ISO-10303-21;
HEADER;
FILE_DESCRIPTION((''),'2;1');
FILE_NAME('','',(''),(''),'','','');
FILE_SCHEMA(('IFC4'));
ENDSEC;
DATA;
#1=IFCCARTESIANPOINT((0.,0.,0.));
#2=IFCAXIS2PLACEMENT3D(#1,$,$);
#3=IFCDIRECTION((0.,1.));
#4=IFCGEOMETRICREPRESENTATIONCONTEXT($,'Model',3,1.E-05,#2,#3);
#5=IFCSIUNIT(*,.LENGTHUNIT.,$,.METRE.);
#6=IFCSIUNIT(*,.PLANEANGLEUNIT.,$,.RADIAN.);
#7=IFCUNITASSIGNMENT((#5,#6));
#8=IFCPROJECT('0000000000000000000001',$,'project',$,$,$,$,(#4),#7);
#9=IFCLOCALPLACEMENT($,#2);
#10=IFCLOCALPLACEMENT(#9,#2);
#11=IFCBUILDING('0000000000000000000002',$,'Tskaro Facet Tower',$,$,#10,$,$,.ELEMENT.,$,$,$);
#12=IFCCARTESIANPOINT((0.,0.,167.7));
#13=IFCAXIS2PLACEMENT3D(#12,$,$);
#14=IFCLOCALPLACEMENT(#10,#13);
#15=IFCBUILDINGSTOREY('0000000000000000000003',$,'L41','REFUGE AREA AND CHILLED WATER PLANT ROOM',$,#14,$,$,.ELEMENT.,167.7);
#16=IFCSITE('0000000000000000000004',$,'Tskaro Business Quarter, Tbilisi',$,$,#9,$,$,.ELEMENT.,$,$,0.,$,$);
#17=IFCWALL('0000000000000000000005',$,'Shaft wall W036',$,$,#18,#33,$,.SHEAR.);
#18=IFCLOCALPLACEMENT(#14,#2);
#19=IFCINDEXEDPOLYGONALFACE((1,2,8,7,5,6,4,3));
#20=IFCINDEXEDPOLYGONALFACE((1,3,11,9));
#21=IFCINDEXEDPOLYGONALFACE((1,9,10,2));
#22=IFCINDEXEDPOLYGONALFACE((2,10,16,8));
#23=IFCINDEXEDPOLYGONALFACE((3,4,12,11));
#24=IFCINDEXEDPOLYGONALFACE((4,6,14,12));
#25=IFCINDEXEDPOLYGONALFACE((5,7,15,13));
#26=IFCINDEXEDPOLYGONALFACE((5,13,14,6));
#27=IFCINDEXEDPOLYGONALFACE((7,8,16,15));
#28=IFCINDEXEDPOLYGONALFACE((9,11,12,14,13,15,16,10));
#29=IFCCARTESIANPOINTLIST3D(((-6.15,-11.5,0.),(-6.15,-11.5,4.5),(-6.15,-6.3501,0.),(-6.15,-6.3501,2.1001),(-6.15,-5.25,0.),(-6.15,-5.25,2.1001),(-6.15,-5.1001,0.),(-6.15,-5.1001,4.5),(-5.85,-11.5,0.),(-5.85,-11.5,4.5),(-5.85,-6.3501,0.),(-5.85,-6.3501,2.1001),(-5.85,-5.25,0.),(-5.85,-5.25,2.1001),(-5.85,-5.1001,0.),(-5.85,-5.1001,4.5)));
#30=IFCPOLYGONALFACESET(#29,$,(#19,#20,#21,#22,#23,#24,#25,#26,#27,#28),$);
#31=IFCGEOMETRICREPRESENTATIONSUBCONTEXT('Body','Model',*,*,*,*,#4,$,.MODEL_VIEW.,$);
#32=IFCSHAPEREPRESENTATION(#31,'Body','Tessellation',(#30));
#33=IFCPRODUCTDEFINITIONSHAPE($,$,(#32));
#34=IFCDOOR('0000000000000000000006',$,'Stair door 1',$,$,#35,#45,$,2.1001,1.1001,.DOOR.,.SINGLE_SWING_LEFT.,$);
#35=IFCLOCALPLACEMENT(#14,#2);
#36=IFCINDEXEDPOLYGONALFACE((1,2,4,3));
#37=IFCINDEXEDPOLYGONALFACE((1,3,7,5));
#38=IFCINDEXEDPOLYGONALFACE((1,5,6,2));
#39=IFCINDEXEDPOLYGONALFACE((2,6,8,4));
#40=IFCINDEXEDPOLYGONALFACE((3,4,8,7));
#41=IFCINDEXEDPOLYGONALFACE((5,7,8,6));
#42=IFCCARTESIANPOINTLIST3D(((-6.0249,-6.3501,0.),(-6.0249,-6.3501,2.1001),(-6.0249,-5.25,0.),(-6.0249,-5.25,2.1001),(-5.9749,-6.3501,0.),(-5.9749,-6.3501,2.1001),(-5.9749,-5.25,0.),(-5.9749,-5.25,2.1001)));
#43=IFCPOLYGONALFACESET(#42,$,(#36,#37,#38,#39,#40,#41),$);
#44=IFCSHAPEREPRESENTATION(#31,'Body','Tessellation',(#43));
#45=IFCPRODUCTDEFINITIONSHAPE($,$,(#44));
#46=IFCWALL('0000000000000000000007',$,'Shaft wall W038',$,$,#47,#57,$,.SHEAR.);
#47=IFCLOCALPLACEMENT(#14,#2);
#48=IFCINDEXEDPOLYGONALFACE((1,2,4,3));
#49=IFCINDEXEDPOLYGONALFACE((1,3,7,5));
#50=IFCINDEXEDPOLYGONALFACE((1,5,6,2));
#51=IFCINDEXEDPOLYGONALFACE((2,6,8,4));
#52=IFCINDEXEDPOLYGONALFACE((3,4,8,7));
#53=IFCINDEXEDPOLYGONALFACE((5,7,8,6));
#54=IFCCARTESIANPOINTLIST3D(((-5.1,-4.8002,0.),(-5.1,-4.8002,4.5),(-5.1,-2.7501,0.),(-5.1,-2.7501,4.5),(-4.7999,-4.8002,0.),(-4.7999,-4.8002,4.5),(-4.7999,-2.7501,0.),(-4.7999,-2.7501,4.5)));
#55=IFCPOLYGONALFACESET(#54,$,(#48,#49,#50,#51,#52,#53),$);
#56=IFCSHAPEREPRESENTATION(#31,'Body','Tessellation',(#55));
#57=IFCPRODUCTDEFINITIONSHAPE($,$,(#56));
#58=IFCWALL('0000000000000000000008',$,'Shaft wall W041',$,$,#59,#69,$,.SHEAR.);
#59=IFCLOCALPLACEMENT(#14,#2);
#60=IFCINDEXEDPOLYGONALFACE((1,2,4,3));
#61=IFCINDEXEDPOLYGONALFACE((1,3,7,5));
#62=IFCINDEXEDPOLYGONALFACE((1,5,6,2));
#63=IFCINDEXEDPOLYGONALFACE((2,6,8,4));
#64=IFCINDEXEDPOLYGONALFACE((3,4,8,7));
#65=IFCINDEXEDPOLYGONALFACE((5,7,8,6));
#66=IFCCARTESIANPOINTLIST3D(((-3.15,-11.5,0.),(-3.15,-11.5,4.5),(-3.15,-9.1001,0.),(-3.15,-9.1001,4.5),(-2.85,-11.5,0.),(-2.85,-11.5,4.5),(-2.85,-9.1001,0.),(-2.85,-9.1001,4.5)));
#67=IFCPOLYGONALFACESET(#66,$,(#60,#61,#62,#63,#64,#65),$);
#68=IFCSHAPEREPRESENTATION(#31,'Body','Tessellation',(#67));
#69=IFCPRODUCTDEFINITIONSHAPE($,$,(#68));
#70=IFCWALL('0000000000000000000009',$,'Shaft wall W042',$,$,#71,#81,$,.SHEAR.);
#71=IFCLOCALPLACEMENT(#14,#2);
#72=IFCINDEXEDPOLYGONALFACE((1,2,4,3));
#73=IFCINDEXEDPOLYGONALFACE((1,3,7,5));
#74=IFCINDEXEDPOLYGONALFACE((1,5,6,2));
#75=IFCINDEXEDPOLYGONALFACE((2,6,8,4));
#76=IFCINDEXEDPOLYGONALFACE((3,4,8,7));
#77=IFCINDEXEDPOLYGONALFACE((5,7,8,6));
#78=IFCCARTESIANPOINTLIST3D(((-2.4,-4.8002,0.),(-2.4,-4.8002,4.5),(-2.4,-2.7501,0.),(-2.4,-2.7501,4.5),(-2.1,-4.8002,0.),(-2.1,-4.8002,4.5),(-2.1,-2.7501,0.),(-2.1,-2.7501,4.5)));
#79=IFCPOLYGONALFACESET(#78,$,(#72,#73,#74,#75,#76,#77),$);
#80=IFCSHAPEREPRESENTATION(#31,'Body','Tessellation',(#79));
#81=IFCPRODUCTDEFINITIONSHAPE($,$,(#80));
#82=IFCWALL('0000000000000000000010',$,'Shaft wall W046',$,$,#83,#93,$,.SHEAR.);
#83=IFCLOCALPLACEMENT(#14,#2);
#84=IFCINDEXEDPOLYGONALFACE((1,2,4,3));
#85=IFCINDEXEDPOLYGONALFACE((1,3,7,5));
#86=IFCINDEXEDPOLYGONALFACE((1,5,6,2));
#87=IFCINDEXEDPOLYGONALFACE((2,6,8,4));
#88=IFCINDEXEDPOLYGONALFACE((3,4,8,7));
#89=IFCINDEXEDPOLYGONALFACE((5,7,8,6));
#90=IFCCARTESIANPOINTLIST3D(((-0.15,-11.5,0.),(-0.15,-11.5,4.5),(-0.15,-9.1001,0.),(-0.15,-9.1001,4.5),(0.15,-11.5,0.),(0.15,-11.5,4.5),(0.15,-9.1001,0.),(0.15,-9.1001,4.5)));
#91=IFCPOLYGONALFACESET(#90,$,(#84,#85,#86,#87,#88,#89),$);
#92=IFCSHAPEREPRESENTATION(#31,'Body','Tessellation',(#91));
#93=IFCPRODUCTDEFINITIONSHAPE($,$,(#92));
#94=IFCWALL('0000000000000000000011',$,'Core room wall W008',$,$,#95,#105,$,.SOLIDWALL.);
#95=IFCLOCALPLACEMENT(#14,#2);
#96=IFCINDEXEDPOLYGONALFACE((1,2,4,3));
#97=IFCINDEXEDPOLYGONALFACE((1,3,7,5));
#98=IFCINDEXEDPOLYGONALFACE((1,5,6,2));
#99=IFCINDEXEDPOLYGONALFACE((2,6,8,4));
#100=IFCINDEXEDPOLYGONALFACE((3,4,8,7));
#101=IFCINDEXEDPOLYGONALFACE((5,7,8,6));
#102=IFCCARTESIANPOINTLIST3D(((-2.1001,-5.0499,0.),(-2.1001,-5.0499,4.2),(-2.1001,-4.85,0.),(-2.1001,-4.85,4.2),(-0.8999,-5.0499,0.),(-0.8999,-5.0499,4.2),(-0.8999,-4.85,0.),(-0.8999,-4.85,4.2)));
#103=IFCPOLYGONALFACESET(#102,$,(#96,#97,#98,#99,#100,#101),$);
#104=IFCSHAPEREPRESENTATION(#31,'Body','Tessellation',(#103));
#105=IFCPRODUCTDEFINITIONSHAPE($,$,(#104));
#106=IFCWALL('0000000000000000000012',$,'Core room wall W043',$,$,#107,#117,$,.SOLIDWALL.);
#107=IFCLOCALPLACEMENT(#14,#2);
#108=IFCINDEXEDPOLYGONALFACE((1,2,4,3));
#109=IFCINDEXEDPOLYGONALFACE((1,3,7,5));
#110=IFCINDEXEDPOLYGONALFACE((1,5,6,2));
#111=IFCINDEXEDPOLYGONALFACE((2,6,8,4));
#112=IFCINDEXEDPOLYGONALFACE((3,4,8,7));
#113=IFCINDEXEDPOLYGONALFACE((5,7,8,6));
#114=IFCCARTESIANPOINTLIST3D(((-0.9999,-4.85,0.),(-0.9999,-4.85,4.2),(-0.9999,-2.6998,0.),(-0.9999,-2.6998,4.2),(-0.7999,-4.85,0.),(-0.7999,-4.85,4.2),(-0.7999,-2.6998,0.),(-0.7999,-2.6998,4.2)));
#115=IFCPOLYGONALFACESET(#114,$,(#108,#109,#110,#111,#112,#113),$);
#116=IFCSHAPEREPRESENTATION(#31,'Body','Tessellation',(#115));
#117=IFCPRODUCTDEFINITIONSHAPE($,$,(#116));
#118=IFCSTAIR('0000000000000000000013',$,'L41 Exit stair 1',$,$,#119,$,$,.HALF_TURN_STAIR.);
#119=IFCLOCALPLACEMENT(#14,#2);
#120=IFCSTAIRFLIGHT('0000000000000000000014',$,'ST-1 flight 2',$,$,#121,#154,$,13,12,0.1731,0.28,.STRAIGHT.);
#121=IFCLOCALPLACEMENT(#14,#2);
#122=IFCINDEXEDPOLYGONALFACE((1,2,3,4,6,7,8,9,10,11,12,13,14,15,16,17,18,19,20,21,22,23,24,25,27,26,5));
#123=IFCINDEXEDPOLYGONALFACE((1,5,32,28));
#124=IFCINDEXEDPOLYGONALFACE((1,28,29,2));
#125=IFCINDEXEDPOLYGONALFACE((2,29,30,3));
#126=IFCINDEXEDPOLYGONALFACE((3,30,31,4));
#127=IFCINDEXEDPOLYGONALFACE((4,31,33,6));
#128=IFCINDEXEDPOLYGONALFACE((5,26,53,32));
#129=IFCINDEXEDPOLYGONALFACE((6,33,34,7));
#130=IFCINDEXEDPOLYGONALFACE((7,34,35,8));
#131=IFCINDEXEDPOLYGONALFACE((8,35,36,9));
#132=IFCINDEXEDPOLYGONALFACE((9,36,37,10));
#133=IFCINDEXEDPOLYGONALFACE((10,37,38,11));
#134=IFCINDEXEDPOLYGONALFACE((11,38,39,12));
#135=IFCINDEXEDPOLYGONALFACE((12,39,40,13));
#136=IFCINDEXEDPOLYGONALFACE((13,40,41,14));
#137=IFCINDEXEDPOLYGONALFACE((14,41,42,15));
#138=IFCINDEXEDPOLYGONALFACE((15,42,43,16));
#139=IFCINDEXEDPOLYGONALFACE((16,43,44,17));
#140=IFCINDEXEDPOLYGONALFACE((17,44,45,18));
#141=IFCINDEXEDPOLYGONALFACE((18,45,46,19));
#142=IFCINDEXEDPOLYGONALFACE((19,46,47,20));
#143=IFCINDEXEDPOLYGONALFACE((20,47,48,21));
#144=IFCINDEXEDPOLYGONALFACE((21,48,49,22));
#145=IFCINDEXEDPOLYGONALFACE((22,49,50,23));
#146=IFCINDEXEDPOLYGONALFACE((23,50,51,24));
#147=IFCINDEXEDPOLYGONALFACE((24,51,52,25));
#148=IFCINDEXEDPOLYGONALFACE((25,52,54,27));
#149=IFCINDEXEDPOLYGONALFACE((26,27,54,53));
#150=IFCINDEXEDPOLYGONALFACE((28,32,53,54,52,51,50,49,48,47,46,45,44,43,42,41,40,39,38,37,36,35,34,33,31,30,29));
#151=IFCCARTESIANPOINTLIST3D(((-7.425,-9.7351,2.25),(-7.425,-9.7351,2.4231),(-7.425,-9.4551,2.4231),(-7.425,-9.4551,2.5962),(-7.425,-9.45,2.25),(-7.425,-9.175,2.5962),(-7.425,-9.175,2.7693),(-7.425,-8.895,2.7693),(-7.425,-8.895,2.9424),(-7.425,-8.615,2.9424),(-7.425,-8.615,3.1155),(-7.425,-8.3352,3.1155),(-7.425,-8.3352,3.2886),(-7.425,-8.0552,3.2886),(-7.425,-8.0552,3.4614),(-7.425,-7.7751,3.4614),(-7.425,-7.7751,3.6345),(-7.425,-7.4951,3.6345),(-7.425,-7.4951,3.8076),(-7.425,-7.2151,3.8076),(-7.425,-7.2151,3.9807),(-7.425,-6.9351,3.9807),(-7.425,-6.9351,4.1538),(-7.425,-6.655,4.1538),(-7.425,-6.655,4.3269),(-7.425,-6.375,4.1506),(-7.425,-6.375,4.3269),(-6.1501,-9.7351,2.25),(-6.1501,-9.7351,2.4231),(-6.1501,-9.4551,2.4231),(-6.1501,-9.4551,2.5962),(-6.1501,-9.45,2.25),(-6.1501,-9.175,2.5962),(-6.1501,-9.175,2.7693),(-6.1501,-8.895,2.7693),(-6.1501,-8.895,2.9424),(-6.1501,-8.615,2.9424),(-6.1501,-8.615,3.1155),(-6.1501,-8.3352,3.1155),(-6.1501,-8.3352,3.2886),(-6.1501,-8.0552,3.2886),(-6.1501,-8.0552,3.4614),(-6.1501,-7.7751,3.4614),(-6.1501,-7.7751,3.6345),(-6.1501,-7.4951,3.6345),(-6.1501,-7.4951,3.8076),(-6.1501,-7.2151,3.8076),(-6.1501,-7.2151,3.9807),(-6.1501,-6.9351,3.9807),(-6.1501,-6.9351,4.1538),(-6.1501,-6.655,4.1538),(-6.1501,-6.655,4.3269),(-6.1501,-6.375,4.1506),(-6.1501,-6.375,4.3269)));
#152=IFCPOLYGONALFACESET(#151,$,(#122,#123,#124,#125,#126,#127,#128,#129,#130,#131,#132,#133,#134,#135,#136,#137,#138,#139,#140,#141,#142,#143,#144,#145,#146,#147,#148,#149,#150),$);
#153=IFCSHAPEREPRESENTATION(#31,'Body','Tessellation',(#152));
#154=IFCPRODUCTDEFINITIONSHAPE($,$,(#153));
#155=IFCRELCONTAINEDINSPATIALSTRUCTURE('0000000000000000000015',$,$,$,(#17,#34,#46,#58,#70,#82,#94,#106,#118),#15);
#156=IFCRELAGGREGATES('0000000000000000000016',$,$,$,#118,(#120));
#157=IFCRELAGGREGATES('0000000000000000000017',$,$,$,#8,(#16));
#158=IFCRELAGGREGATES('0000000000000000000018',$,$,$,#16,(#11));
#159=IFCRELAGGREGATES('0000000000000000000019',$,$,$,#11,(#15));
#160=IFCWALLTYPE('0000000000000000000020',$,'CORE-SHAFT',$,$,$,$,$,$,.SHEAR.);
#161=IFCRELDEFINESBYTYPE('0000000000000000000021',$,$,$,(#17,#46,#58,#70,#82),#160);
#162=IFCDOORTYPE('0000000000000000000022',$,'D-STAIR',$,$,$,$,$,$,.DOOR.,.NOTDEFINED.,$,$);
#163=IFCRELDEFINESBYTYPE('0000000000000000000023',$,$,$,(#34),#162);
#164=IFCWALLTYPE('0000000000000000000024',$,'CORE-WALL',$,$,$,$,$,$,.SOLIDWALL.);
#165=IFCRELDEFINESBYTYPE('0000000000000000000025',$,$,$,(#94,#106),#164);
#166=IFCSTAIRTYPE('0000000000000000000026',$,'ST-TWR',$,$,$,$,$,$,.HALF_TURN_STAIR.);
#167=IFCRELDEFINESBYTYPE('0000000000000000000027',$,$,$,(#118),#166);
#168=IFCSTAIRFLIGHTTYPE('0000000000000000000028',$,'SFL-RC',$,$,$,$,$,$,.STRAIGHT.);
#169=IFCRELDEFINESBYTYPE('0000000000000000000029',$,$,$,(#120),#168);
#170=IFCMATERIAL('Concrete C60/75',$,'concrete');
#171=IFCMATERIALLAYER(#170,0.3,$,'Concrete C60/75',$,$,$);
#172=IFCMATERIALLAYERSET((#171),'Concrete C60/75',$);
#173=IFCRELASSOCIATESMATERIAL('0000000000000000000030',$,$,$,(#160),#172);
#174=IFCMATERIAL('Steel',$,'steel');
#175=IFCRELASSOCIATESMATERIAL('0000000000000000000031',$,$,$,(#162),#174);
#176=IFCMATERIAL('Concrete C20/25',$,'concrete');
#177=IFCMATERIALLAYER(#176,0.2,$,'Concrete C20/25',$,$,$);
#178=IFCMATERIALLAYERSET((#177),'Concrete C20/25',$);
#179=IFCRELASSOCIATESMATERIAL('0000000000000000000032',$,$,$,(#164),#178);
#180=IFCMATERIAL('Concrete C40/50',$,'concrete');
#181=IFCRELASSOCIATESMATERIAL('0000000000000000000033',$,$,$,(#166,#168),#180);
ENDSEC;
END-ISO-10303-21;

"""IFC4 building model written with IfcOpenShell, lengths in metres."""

from ifc_helpers import new_model, si_unit, direction, frame, frame_2d, origin, place, context, subcontext, project, spatial, polyline, rectangle, outline, extrude, material, layer, layer_set, type_object, element, fill, aggregate, save


model = new_model("IFC4")

# Units and contexts
model_context = context("Model", 3, precision=1e-05, world=origin(), true_north=direction((0.0, 1.0)))
body_context = subcontext(model_context, "Body", "Model", "MODEL_VIEW")
ifc_project = project(units=[si_unit("LENGTHUNIT", "METRE"), si_unit("PLANEANGLEUNIT", "RADIAN")], contexts=[model_context])

# Site, building, storey
site_placement = place(None, origin())
site = spatial("IfcSite", under=ifc_project, at=site_placement, Name="Tskaro Business Quarter, Tbilisi", CompositionType="ELEMENT", RefElevation=0.0)
building_placement = place(site_placement, origin())
building = spatial("IfcBuilding", under=site, at=building_placement, Name="Tskaro Facet Tower", CompositionType="ELEMENT")
storey_placement = place(building_placement, frame((0.0, 0.0, 167.7)))
storey = spatial("IfcBuildingStorey", under=building, at=storey_placement, Name="L41", Description="REFUGE AREA AND CHILLED WATER PLANT ROOM", CompositionType="ELEMENT", Elevation=167.7)

# Shared definitions
ifc_material_1 = material(Name="Concrete C60/75", Category="concrete")
ifc_layer_1 = layer(ifc_material_1, 0.3, Name="Concrete C60/75")
ifc_layer_set_1 = layer_set([ifc_layer_1], Name="Concrete C60/75")
wall_type_1 = type_object("IfcWallType", Name="CORE-SHAFT", PredefinedType="SHEAR", material=ifc_layer_set_1)

# Wall, opening, door
wall_1_placement = place(storey_placement, frame((-6.0, -11.5, 0.0), z_axis=(0.0, 0.0, 1.0), x_axis=(0.0, 1.0, 0.0)))
wall_1 = element("IfcWall", 1, at=wall_1_placement, inside=storey, type_object=wall_type_1, Name="Shaft wall W036", PredefinedType="SHEAR", context=body_context, shape_type="SweptSolid", body=[
    extrude(rectangle(XDim=6.3999, YDim=0.3, at=frame_2d((3.2, 0.0))), origin(), (0.0, 0.0, 1.0), 4.5),
])
opening_1_placement = place(wall_1_placement, frame((5.1499, 0.0, 0.0)))
opening_1 = element("IfcOpeningElement", 2, at=opening_1_placement, cuts=wall_1, PredefinedType="OPENING", context=body_context, shape_type="SweptSolid", body=[
    extrude(rectangle(XDim=1.1001, YDim=2.1001, at=frame_2d((0.55, 1.05))), frame((0.0, 0.1599, 0.0), z_axis=(0.0, -1.0, 0.0), x_axis=(1.0, 0.0, 0.0)), (0.0, 0.0, 1.0), 0.3201),
])
ifc_material_2 = material(Name="Steel", Category="steel")
door_type_1 = type_object("IfcDoorType", Name="D-STAIR", OperationType="NOTDEFINED", PredefinedType="DOOR", material=ifc_material_2)
door_1_placement = place(opening_1_placement, origin())
door_1 = element("IfcDoor", 3, at=door_1_placement, inside=storey, type_object=door_type_1, Name="Stair door 1", OperationType="SINGLE_SWING_LEFT", OverallHeight=2.1001, OverallWidth=1.1001, PredefinedType="DOOR", context=body_context, shape_type="SweptSolid", body=[
    extrude(rectangle(XDim=1.1001, YDim=2.1001, at=frame_2d((0.55, 1.05))), frame((0.0, 0.0249, 0.0), z_axis=(0.0, -1.0, 0.0), x_axis=(1.0, 0.0, 0.0)), (0.0, 0.0, 1.0), 0.05),
])
fill(opening_1, door_1)

# Walls
wall_2_placement = place(storey_placement, frame((-4.95, -4.8, 0.0), z_axis=(0.0, 0.0, 1.0), x_axis=(0.0, 1.0, 0.0)))
element("IfcWall", 4, at=wall_2_placement, inside=storey, type_object=wall_type_1, Name="Shaft wall W038", PredefinedType="SHEAR", context=body_context, shape_type="SweptSolid", body=[
    extrude(rectangle(XDim=2.05, YDim=0.3, at=frame_2d((1.0249, 0.0))), origin(), (0.0, 0.0, 1.0), 4.5),
])
wall_3_placement = place(storey_placement, frame((-3.0, -11.5, 0.0), z_axis=(0.0, 0.0, 1.0), x_axis=(0.0, 1.0, 0.0)))
element("IfcWall", 5, at=wall_3_placement, inside=storey, type_object=wall_type_1, Name="Shaft wall W041", PredefinedType="SHEAR", context=body_context, shape_type="SweptSolid", body=[
    extrude(rectangle(XDim=2.3999, YDim=0.3, at=frame_2d((1.2, 0.0))), origin(), (0.0, 0.0, 1.0), 4.5),
])
wall_4_placement = place(storey_placement, frame((-2.25, -4.8, 0.0), z_axis=(0.0, 0.0, 1.0), x_axis=(0.0, 1.0, 0.0)))
element("IfcWall", 6, at=wall_4_placement, inside=storey, type_object=wall_type_1, Name="Shaft wall W042", PredefinedType="SHEAR", context=body_context, shape_type="SweptSolid", body=[
    extrude(rectangle(XDim=2.05, YDim=0.3, at=frame_2d((1.0249, 0.0))), origin(), (0.0, 0.0, 1.0), 4.5),
])
wall_5_placement = place(storey_placement, frame((0.0, -11.5, 0.0), z_axis=(0.0, 0.0, 1.0), x_axis=(0.0, 1.0, 0.0)))
element("IfcWall", 7, at=wall_5_placement, inside=storey, type_object=wall_type_1, Name="Shaft wall W046", PredefinedType="SHEAR", context=body_context, shape_type="SweptSolid", body=[
    extrude(rectangle(XDim=2.3999, YDim=0.3, at=frame_2d((1.2, 0.0))), origin(), (0.0, 0.0, 1.0), 4.5),
])
ifc_material_3 = material(Name="Concrete C20/25", Category="concrete")
ifc_layer_2 = layer(ifc_material_3, 0.2, Name="Concrete C20/25")
ifc_layer_set_2 = layer_set([ifc_layer_2], Name="Concrete C20/25")
wall_type_2 = type_object("IfcWallType", Name="CORE-WALL", PredefinedType="SOLIDWALL", material=ifc_layer_set_2)
wall_6_placement = place(storey_placement, frame((-2.1001, -4.95, 0.0), z_axis=(0.0, 0.0, 1.0), x_axis=(1.0, 0.0, 0.0)))
element("IfcWall", 8, at=wall_6_placement, inside=storey, type_object=wall_type_2, Name="Core room wall W008", PredefinedType="SOLIDWALL", context=body_context, shape_type="SweptSolid", body=[
    extrude(rectangle(XDim=1.2002, YDim=0.2, at=frame_2d((0.6001, 0.0))), origin(), (0.0, 0.0, 1.0), 4.2),
])
wall_7_placement = place(storey_placement, frame((-0.8999, -4.8501, 0.0), z_axis=(0.0, 0.0, 1.0), x_axis=(0.0, 1.0, 0.0)))
element("IfcWall", 9, at=wall_7_placement, inside=storey, type_object=wall_type_2, Name="Core room wall W043", PredefinedType="SOLIDWALL", context=body_context, shape_type="SweptSolid", body=[
    extrude(rectangle(XDim=2.1501, YDim=0.2, at=frame_2d((1.0752, 0.0))), origin(), (0.0, 0.0, 1.0), 4.2),
])

# Stair, stair flight
ifc_material_4 = material(Name="Concrete C40/50", Category="concrete")
stair_type = type_object("IfcStairType", Name="ST-TWR", PredefinedType="HALF_TURN_STAIR", material=ifc_material_4)
stair_placement = place(storey_placement, origin())
stair = element("IfcStair", 10, at=stair_placement, inside=storey, type_object=stair_type, Name="L41 Exit stair 1", PredefinedType="HALF_TURN_STAIR")
stair_flight_type = type_object("IfcStairFlightType", Name="SFL-RC", PredefinedType="STRAIGHT", material=ifc_material_4)
stair_flight_placement = place(storey_placement, frame((-6.7876, -9.7351, 2.25), z_axis=(0.0, 0.0, 1.0), x_axis=(0.0, 1.0, 0.0)))
stair_flight = element("IfcStairFlight", 11, at=stair_flight_placement, type_object=stair_flight_type, Name="ST-1 flight 2", NumberOfRisers=13, NumberOfTreads=12, PredefinedType="STRAIGHT", RiserHeight=0.1731, TreadLength=0.28, context=body_context, shape_type="SweptSolid", body=[
    extrude(outline(polyline([(0.0, 0.0), (0.0, 0.1731), (0.28, 0.1731), (0.28, 0.3462), (0.5601, 0.3462), (0.5601, 0.5193), (0.8401, 0.5193), (0.8401, 0.6924), (1.1201, 0.6924), (1.1201, 0.8655), (1.3999, 0.8655), (1.3999, 1.0386), (1.6799, 1.0386), (1.6799, 1.2114), (1.96, 1.2114), (1.96, 1.3845), (2.24, 1.3845), (2.24, 1.5576), (2.52, 1.5576), (2.52, 1.7307), (2.8, 1.7307), (2.8, 1.9038), (3.0801, 1.9038), (3.0801, 2.0769), (3.3601, 2.0769), (3.3601, 2.25), (3.3601, 1.9006), (0.2852, 0.0), (0.0, 0.0)])), frame((0.0, 0.6375, 0.0), z_axis=(0.0, -1.0, 0.0), x_axis=(1.0, 0.0, 0.0)), (0.0, 0.0, 1.0), 1.2749),
])
aggregate(stair, [stair_flight])

save(model, "model.ifc")
